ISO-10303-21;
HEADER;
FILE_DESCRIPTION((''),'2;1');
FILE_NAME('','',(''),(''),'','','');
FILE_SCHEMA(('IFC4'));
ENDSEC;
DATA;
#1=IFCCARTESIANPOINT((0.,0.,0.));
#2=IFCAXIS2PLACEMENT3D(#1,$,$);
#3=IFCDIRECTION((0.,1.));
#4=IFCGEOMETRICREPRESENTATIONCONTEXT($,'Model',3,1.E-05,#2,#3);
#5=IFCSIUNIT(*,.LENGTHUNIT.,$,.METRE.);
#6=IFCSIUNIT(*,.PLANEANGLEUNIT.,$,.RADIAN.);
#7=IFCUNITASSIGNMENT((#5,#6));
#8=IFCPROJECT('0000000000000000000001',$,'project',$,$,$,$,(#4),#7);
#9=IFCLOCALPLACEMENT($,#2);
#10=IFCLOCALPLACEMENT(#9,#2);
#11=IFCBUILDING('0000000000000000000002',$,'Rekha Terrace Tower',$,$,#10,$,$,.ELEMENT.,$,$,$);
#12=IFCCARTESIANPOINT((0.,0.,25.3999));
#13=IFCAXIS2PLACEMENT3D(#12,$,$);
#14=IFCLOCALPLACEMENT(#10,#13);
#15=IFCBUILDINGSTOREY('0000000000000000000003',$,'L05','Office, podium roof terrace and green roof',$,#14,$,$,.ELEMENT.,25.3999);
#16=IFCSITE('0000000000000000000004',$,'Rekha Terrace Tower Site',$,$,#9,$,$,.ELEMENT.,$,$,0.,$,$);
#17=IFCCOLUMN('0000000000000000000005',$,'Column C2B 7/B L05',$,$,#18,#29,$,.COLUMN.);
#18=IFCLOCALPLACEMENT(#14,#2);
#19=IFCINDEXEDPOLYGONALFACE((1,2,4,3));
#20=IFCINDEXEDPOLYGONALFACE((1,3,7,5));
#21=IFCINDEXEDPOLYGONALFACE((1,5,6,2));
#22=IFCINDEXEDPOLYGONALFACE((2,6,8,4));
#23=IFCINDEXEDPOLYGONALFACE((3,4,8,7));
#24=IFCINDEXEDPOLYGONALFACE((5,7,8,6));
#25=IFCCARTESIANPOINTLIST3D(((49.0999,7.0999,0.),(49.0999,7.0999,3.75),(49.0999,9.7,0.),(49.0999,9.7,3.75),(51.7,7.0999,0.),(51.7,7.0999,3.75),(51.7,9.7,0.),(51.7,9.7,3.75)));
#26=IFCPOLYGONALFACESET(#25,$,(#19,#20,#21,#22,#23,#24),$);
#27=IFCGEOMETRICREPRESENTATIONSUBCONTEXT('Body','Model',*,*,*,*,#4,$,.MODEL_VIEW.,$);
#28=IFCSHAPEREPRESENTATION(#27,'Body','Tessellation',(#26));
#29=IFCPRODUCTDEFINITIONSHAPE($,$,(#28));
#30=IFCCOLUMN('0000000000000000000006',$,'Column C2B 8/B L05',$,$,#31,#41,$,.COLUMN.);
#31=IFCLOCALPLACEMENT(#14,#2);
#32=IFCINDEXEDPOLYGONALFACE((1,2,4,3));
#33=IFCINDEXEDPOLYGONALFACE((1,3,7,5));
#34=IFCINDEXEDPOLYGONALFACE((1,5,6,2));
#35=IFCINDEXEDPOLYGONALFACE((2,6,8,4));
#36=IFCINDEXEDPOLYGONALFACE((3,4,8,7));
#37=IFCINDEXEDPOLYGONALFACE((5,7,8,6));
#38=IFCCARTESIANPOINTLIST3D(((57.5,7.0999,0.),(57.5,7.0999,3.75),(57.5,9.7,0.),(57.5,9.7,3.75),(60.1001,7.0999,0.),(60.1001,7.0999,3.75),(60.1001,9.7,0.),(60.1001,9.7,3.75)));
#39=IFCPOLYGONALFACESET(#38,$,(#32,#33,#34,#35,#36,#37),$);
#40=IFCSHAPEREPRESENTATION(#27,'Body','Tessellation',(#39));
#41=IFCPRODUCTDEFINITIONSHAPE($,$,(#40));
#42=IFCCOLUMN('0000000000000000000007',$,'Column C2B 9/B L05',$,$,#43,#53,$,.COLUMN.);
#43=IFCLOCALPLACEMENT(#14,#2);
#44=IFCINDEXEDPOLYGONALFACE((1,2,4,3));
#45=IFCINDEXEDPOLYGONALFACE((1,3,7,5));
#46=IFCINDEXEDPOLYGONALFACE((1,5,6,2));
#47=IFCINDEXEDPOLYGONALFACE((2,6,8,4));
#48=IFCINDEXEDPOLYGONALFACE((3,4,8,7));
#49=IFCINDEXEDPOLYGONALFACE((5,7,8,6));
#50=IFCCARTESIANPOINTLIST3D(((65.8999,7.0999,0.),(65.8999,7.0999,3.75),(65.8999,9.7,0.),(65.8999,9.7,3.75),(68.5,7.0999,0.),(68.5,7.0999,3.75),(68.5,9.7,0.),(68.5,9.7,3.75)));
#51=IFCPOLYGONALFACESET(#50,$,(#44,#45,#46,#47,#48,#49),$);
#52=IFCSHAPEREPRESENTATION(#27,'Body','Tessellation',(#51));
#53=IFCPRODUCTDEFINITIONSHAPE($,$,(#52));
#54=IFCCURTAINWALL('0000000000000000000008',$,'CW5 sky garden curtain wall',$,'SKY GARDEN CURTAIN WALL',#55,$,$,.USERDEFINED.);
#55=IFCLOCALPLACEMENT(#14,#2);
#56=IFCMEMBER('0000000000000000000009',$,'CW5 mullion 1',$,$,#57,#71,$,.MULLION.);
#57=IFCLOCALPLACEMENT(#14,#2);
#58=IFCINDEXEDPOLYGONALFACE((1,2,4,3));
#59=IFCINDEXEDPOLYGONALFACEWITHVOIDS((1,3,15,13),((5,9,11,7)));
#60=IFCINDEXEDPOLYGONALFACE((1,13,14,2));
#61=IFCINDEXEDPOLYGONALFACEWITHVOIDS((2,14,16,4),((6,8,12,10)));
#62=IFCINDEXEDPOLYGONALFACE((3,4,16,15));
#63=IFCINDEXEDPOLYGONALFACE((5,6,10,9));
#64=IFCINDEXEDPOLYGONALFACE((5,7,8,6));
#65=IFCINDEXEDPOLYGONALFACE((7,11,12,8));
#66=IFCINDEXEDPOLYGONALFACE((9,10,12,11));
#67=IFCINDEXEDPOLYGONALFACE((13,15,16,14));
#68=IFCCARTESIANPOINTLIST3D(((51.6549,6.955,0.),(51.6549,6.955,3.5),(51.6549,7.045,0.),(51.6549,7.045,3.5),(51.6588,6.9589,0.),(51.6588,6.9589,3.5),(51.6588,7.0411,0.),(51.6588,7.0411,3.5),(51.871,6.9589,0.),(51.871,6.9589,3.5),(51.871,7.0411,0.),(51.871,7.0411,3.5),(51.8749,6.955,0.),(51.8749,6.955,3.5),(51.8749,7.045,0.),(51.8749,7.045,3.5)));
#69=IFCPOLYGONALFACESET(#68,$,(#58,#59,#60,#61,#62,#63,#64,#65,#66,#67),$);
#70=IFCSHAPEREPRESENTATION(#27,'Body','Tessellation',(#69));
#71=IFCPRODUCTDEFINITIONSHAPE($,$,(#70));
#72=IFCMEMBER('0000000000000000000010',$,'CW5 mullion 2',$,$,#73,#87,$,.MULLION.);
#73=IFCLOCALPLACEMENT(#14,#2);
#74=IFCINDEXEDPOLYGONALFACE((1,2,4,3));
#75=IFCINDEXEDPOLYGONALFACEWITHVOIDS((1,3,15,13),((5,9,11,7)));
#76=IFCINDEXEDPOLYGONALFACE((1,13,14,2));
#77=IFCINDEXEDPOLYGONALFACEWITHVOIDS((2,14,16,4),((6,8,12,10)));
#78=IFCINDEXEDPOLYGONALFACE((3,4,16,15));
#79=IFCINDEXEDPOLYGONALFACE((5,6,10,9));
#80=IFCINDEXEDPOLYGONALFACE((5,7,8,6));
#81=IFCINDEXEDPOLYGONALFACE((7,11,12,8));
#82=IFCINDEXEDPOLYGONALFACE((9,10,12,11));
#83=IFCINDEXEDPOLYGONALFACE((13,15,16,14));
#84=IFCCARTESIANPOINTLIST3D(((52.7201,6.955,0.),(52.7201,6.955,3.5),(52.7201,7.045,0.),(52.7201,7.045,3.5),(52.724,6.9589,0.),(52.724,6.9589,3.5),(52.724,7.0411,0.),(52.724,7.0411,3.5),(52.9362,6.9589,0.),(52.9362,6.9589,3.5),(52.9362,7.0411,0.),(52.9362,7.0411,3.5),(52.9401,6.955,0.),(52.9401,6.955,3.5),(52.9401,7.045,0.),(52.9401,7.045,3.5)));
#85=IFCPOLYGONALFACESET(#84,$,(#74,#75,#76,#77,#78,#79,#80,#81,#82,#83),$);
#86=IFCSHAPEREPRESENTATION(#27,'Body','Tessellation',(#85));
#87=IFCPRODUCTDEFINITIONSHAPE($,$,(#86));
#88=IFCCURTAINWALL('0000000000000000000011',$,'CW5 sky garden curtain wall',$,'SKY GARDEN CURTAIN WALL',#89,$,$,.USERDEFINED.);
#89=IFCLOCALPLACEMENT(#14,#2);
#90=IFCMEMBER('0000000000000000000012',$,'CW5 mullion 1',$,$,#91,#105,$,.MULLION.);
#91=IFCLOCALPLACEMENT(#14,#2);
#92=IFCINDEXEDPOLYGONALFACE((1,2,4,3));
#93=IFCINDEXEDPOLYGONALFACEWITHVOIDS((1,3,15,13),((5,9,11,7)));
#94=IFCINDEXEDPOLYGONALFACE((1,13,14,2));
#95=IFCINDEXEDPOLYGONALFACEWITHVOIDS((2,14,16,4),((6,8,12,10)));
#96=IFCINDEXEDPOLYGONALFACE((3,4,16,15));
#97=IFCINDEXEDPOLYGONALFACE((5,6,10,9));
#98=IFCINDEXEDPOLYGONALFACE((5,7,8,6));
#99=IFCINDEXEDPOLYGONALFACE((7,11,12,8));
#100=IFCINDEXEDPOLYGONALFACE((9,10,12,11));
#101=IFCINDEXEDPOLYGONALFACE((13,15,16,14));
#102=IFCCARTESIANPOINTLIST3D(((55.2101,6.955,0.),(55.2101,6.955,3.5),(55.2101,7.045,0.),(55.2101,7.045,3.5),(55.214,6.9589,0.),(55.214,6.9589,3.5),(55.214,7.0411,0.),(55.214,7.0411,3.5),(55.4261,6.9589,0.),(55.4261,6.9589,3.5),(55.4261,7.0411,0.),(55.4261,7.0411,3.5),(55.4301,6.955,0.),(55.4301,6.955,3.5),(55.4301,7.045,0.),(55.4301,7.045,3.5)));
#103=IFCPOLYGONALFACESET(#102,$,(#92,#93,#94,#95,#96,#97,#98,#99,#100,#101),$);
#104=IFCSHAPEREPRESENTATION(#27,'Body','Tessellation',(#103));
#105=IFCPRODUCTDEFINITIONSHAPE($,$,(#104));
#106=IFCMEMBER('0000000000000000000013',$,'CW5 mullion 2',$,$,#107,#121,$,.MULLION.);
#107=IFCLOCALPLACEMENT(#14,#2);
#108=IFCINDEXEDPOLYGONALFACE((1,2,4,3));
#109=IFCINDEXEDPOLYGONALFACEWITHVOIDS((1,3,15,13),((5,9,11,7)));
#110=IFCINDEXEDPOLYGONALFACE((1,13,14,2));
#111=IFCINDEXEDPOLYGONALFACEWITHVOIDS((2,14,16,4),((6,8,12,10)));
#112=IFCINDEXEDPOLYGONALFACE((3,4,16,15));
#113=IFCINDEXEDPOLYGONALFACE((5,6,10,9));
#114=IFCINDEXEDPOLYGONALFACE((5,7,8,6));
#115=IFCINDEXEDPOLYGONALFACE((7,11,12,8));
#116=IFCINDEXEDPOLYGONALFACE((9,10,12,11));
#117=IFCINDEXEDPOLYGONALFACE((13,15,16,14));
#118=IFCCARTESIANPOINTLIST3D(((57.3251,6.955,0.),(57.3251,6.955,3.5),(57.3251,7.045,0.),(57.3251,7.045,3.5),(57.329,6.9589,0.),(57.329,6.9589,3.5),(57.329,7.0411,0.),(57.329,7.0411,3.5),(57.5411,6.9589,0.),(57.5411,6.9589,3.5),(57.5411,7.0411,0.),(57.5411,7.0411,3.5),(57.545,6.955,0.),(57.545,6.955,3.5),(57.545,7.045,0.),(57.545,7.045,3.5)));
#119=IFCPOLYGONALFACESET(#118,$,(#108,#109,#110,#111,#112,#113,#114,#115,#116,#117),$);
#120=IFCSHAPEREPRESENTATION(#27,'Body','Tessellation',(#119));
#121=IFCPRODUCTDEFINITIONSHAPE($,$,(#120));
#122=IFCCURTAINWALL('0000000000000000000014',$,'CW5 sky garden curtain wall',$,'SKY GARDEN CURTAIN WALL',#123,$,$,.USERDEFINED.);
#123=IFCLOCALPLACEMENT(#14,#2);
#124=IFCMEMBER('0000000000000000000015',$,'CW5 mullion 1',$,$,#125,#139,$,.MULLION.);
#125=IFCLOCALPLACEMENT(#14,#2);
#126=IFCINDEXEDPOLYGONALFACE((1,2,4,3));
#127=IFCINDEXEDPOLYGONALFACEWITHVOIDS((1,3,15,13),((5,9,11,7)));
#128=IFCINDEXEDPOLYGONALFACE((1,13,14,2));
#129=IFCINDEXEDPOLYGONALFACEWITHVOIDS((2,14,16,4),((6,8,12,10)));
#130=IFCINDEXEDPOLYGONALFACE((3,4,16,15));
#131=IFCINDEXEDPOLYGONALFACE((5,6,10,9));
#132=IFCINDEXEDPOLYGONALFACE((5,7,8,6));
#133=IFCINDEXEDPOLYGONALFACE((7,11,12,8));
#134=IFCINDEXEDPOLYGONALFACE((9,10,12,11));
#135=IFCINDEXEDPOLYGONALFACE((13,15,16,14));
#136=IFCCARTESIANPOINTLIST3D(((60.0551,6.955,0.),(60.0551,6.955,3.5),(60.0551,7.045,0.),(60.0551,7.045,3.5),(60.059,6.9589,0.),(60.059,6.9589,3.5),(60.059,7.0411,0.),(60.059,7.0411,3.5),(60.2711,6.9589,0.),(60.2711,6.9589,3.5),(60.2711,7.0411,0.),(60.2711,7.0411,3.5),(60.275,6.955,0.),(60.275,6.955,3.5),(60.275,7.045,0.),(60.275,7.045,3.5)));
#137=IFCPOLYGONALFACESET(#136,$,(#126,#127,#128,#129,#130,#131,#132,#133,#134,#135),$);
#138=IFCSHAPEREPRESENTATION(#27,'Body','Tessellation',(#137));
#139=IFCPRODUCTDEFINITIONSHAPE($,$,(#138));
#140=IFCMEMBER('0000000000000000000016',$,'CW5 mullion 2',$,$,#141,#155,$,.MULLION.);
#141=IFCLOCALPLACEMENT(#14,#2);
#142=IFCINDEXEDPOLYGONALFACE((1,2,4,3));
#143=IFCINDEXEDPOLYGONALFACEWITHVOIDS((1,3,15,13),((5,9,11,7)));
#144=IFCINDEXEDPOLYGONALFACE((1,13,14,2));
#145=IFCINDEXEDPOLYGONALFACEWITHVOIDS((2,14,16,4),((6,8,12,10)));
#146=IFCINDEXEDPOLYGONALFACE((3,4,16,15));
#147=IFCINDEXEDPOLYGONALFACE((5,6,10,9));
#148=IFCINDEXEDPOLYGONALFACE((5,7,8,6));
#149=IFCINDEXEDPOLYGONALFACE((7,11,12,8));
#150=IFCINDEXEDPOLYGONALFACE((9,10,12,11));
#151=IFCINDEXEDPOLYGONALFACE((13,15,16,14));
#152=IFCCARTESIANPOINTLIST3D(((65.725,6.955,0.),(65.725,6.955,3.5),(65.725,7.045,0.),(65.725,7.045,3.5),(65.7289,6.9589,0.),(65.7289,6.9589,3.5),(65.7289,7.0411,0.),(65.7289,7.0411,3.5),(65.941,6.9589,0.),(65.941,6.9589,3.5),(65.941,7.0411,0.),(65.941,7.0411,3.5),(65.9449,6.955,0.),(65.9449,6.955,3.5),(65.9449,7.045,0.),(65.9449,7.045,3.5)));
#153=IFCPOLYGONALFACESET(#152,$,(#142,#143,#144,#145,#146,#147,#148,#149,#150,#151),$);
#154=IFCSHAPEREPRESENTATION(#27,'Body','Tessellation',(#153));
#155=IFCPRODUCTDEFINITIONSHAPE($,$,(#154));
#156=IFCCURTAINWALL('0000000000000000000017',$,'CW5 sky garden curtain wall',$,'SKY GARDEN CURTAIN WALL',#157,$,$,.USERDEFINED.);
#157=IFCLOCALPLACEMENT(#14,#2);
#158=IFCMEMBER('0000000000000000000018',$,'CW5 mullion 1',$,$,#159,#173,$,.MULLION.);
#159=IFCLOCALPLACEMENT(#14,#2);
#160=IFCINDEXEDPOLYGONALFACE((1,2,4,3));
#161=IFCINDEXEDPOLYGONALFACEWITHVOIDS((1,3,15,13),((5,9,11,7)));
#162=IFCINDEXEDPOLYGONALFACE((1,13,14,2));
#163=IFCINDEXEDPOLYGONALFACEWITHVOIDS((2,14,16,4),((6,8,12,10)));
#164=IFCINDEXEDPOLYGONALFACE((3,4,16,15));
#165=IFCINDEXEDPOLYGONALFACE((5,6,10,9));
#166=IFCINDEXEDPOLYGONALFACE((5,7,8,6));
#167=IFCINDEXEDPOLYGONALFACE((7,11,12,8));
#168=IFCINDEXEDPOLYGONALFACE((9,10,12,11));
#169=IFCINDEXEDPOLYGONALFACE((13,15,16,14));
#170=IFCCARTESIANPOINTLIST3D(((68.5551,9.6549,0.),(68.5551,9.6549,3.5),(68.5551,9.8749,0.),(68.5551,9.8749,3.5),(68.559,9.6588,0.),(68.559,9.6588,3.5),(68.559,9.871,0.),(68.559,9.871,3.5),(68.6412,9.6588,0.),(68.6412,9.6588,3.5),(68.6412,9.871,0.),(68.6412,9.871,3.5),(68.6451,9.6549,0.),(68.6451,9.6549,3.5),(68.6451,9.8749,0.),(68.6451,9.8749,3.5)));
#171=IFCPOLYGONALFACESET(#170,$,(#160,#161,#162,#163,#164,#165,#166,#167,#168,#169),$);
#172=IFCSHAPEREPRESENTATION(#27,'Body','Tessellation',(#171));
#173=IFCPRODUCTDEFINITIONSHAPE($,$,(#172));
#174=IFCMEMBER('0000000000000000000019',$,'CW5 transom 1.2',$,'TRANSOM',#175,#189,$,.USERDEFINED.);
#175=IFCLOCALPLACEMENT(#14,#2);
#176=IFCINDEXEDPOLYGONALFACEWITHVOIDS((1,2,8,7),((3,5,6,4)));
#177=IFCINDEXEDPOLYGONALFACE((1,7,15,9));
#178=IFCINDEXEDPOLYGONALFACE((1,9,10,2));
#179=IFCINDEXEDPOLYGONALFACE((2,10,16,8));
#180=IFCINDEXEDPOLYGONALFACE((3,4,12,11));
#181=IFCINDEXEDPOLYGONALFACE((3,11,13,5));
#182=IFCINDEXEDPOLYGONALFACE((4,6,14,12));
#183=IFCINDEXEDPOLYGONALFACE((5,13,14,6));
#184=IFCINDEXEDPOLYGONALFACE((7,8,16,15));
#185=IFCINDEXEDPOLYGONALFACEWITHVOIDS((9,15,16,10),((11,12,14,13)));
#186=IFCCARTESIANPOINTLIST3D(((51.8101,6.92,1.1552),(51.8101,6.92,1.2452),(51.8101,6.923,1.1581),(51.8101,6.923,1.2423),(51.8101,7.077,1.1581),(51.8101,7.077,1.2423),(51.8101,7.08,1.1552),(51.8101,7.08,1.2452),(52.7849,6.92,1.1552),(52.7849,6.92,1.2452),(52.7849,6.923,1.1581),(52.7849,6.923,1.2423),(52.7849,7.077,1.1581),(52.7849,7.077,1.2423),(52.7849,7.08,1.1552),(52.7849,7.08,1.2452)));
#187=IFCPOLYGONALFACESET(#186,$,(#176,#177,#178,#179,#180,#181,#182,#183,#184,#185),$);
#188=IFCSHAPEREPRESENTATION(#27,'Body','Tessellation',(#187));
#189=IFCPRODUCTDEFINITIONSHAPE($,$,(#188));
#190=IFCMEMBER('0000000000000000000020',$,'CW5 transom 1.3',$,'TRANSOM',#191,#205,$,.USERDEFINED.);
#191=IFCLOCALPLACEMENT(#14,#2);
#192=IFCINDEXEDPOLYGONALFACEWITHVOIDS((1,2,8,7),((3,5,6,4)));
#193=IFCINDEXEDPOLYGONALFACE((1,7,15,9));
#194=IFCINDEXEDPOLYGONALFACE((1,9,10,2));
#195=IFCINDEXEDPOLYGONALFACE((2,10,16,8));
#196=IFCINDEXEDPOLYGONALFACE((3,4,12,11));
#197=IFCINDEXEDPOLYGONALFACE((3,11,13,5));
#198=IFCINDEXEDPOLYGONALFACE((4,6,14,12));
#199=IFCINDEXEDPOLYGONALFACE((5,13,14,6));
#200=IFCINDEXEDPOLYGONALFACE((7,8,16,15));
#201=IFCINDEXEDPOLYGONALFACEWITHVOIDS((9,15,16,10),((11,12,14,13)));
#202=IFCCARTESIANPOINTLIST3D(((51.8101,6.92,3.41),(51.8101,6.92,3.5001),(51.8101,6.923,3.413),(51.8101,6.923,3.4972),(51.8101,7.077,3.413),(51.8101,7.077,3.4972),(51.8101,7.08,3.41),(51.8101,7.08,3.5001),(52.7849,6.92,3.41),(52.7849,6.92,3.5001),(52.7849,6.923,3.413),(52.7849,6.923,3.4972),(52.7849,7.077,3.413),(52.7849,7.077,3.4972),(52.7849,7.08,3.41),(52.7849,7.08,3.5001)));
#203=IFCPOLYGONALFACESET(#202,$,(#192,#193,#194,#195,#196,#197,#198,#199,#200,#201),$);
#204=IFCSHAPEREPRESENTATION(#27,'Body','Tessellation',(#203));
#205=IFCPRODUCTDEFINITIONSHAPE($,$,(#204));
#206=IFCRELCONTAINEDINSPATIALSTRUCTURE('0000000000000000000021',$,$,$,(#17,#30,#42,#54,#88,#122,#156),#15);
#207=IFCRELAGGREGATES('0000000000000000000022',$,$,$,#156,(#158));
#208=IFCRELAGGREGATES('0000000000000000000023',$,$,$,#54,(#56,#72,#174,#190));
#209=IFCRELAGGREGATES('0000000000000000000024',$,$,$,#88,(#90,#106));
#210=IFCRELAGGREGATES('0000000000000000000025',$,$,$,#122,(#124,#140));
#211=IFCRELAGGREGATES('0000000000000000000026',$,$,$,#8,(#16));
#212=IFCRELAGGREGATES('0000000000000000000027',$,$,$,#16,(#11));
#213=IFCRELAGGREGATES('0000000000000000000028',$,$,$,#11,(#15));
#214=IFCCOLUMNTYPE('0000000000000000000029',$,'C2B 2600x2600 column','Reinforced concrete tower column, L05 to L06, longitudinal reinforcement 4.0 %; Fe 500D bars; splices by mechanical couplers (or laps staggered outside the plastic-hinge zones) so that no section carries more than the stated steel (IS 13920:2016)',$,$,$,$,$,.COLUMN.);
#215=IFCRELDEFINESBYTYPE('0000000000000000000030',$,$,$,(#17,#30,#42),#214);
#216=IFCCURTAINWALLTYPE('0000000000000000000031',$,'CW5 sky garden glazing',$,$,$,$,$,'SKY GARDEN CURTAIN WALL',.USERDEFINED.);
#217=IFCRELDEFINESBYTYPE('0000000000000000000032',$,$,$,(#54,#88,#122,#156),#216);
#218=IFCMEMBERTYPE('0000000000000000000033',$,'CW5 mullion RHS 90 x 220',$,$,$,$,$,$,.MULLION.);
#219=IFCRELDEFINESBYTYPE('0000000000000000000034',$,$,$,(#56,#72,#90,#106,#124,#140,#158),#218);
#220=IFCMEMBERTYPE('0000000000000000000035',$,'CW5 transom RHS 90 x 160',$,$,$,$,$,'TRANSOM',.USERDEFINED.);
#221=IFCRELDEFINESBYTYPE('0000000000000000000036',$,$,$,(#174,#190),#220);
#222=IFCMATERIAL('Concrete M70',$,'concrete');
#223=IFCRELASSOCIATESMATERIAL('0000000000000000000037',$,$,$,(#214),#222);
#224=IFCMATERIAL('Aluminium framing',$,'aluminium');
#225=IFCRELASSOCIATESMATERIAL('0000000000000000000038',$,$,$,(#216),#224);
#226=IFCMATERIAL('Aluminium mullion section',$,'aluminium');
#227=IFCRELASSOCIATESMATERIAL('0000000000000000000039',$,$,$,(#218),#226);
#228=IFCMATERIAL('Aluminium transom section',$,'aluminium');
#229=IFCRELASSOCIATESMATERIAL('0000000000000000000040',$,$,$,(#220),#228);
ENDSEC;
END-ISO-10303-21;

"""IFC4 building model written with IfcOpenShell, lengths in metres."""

from ifc_helpers import new_model, si_unit, direction, frame, origin, origin_2d, place, context, subcontext, project, spatial, rectangle, hollow_rectangle, extrude, material, material_profile, profile_set, type_object, element, aggregate, save


model = new_model("IFC4")

# Units and contexts
model_context = context("Model", 3, precision=1e-05, world=origin(), true_north=direction((0.0, 1.0)))
body_context = subcontext(model_context, "Body", "Model", "MODEL_VIEW")
ifc_project = project(units=[si_unit("LENGTHUNIT", "METRE"), si_unit("PLANEANGLEUNIT", "RADIAN")], contexts=[model_context])

# Site, building, storey
site_placement = place(None, origin())
site = spatial("IfcSite", under=ifc_project, at=site_placement, Name="Rekha Terrace Tower Site", CompositionType="ELEMENT", RefElevation=0.0)
building_placement = place(site_placement, origin())
building = spatial("IfcBuilding", under=site, at=building_placement, Name="Rekha Terrace Tower", CompositionType="ELEMENT")
storey_placement = place(building_placement, frame((0.0, 0.0, 25.3999)))
storey = spatial("IfcBuildingStorey", under=building, at=storey_placement, Name="L05", Description="Office, podium roof terrace and green roof", CompositionType="ELEMENT", Elevation=25.3999)

# Columns
ifc_material_1 = material(Name="Concrete M70", Category="concrete")
ifc_material_profile_1 = material_profile(ifc_material_1, rectangle(XDim=2.6001, YDim=2.6001, at=origin_2d()), Name="RC 2600x2600")
ifc_profile_set_1 = profile_set([ifc_material_profile_1], Name="Concrete M70")
column_type = type_object("IfcColumnType", Name="C2B 2600x2600 column", Description="Reinforced concrete tower column, L05 to L06, longitudinal reinforcement 4.0 %; Fe 500D bars; splices by mechanical couplers (or laps staggered outside the plastic-hinge zones) so that no section carries more than the stated steel (IS 13920:2016)", PredefinedType="COLUMN", material=ifc_profile_set_1)
for number, where, z_axis, x_axis, name in (
    (1, (50.3999, 8.3999, 0.0), (0.0, 0.0, 1.0), (1.0, 0.0, 0.0), "Column C2B 7/B L05"),
    (2, (58.8, 8.3999, 0.0), (0.0, 0.0, 1.0), (1.0, 0.0, 0.0), "Column C2B 8/B L05"),
    (3, (67.2, 8.3999, 0.0), (0.0, 0.0, 1.0), (1.0, 0.0, 0.0), "Column C2B 9/B L05"),
):
    element("IfcColumn", number, at=place(storey_placement, frame(where, z_axis=z_axis, x_axis=x_axis)), inside=storey, type_object=column_type, Name=name, PredefinedType="COLUMN", context=body_context, shape_type="SweptSolid", body=[
        extrude(rectangle(XDim=2.6001, YDim=2.6001, at=origin_2d()), origin(), (0.0, 0.0, 1.0), 3.75),
    ])

# Curtain walls, members
ifc_material_2 = material(Name="Aluminium framing", Category="aluminium")
curtain_wall_type = type_object("IfcCurtainWallType", Name="CW5 sky garden glazing", ElementType="SKY GARDEN CURTAIN WALL", PredefinedType="USERDEFINED", material=ifc_material_2)
curtain_wall_1_placement = place(storey_placement, origin())
curtain_wall_1 = element("IfcCurtainWall", 4, at=curtain_wall_1_placement, inside=storey, type_object=curtain_wall_type, Name="CW5 sky garden curtain wall", ObjectType="SKY GARDEN CURTAIN WALL", PredefinedType="USERDEFINED")
ifc_material_3 = material(Name="Aluminium mullion section", Category="aluminium")
ifc_material_profile_2 = material_profile(ifc_material_3, hollow_rectangle(XDim=0.0901, YDim=0.22, WallThickness=0.0039, at=origin_2d()), Name="AL RHS 90x220")
ifc_profile_set_2 = profile_set([ifc_material_profile_2], Name="Aluminium mullion section")
member_type_1 = type_object("IfcMemberType", Name="CW5 mullion RHS 90 x 220", PredefinedType="MULLION", material=ifc_profile_set_2)
member_1_placement = place(storey_placement, frame((51.7649, 7.0, 0.0), z_axis=(0.0, 0.0, 1.0), x_axis=(0.0, 1.0, 0.0)))
member_1 = element("IfcMember", 5, at=member_1_placement, type_object=member_type_1, Name="CW5 mullion 1", PredefinedType="MULLION", context=body_context, shape_type="SweptSolid", body=[
    extrude(hollow_rectangle(XDim=0.0901, YDim=0.22, WallThickness=0.0039, at=origin_2d()), origin(), (0.0, 0.0, 1.0), 3.5),
])
member_2_placement = place(storey_placement, frame((52.8301, 7.0, 0.0), z_axis=(0.0, 0.0, 1.0), x_axis=(0.0, 1.0, 0.0)))
member_2 = element("IfcMember", 6, at=member_2_placement, type_object=member_type_1, Name="CW5 mullion 2", PredefinedType="MULLION", context=body_context, shape_type="SweptSolid", body=[
    extrude(hollow_rectangle(XDim=0.0901, YDim=0.22, WallThickness=0.0039, at=origin_2d()), origin(), (0.0, 0.0, 1.0), 3.5),
])
curtain_wall_2_placement = place(storey_placement, origin())
curtain_wall_2 = element("IfcCurtainWall", 7, at=curtain_wall_2_placement, inside=storey, type_object=curtain_wall_type, Name="CW5 sky garden curtain wall", ObjectType="SKY GARDEN CURTAIN WALL", PredefinedType="USERDEFINED")
member_3_placement = place(storey_placement, frame((55.3201, 7.0, 0.0), z_axis=(0.0, 0.0, 1.0), x_axis=(0.0, 1.0, 0.0)))
member_3 = element("IfcMember", 8, at=member_3_placement, type_object=member_type_1, Name="CW5 mullion 1", PredefinedType="MULLION", context=body_context, shape_type="SweptSolid", body=[
    extrude(hollow_rectangle(XDim=0.0901, YDim=0.22, WallThickness=0.0039, at=origin_2d()), origin(), (0.0, 0.0, 1.0), 3.5),
])
member_4_placement = place(storey_placement, frame((57.4351, 7.0, 0.0), z_axis=(0.0, 0.0, 1.0), x_axis=(0.0, 1.0, 0.0)))
member_4 = element("IfcMember", 9, at=member_4_placement, type_object=member_type_1, Name="CW5 mullion 2", PredefinedType="MULLION", context=body_context, shape_type="SweptSolid", body=[
    extrude(hollow_rectangle(XDim=0.0901, YDim=0.22, WallThickness=0.0039, at=origin_2d()), origin(), (0.0, 0.0, 1.0), 3.5),
])
curtain_wall_3_placement = place(storey_placement, origin())
curtain_wall_3 = element("IfcCurtainWall", 10, at=curtain_wall_3_placement, inside=storey, type_object=curtain_wall_type, Name="CW5 sky garden curtain wall", ObjectType="SKY GARDEN CURTAIN WALL", PredefinedType="USERDEFINED")
member_5_placement = place(storey_placement, frame((60.165, 7.0, 0.0), z_axis=(0.0, 0.0, 1.0), x_axis=(0.0, 1.0, 0.0)))
member_5 = element("IfcMember", 11, at=member_5_placement, type_object=member_type_1, Name="CW5 mullion 1", PredefinedType="MULLION", context=body_context, shape_type="SweptSolid", body=[
    extrude(hollow_rectangle(XDim=0.0901, YDim=0.22, WallThickness=0.0039, at=origin_2d()), origin(), (0.0, 0.0, 1.0), 3.5),
])
member_6_placement = place(storey_placement, frame((65.835, 7.0, 0.0), z_axis=(0.0, 0.0, 1.0), x_axis=(0.0, 1.0, 0.0)))
member_6 = element("IfcMember", 12, at=member_6_placement, type_object=member_type_1, Name="CW5 mullion 2", PredefinedType="MULLION", context=body_context, shape_type="SweptSolid", body=[
    extrude(hollow_rectangle(XDim=0.0901, YDim=0.22, WallThickness=0.0039, at=origin_2d()), origin(), (0.0, 0.0, 1.0), 3.5),
])

# Curtain wall, member
curtain_wall_4_placement = place(storey_placement, origin())
curtain_wall_4 = element("IfcCurtainWall", 13, at=curtain_wall_4_placement, inside=storey, type_object=curtain_wall_type, Name="CW5 sky garden curtain wall", ObjectType="SKY GARDEN CURTAIN WALL", PredefinedType="USERDEFINED")
member_7_placement = place(storey_placement, frame((68.6001, 9.7649, 0.0), z_axis=(0.0, 0.0, 1.0), x_axis=(-1.0, 0.0, 0.0)))
member_7 = element("IfcMember", 14, at=member_7_placement, type_object=member_type_1, Name="CW5 mullion 1", PredefinedType="MULLION", context=body_context, shape_type="SweptSolid", body=[
    extrude(hollow_rectangle(XDim=0.0901, YDim=0.22, WallThickness=0.0039, at=origin_2d()), origin(), (0.0, 0.0, 1.0), 3.5),
])

# Members
ifc_material_4 = material(Name="Aluminium transom section", Category="aluminium")
ifc_material_profile_3 = material_profile(ifc_material_4, hollow_rectangle(XDim=0.1599, YDim=0.0901, WallThickness=0.0029, at=origin_2d()), Name="AL RHS 160x90")
ifc_profile_set_3 = profile_set([ifc_material_profile_3], Name="Aluminium transom section")
member_type_2 = type_object("IfcMemberType", Name="CW5 transom RHS 90 x 160", ElementType="TRANSOM", PredefinedType="USERDEFINED", material=ifc_profile_set_3)
member_8_placement = place(storey_placement, frame((51.8101, 7.0, 1.2002), z_axis=(1.0, 0.0, 0.0), x_axis=(0.0, 1.0, 0.0)))
member_8 = element("IfcMember", 15, at=member_8_placement, type_object=member_type_2, Name="CW5 transom 1.2", ObjectType="TRANSOM", PredefinedType="USERDEFINED", context=body_context, shape_type="SweptSolid", body=[
    extrude(hollow_rectangle(XDim=0.1599, YDim=0.0901, WallThickness=0.0029, at=origin_2d()), origin(), (0.0, 0.0, 1.0), 0.9749),
])
member_9_placement = place(storey_placement, frame((51.8101, 7.0, 3.4551), z_axis=(1.0, 0.0, 0.0), x_axis=(0.0, 1.0, 0.0)))
member_9 = element("IfcMember", 16, at=member_9_placement, type_object=member_type_2, Name="CW5 transom 1.3", ObjectType="TRANSOM", PredefinedType="USERDEFINED", context=body_context, shape_type="SweptSolid", body=[
    extrude(hollow_rectangle(XDim=0.1599, YDim=0.0901, WallThickness=0.0029, at=origin_2d()), origin(), (0.0, 0.0, 1.0), 0.9749),
])
aggregate(curtain_wall_4, [member_7])

aggregate(curtain_wall_1, [member_1, member_2, member_8, member_9])
aggregate(curtain_wall_2, [member_3, member_4])
aggregate(curtain_wall_3, [member_5, member_6])

save(model, "model.ifc")
